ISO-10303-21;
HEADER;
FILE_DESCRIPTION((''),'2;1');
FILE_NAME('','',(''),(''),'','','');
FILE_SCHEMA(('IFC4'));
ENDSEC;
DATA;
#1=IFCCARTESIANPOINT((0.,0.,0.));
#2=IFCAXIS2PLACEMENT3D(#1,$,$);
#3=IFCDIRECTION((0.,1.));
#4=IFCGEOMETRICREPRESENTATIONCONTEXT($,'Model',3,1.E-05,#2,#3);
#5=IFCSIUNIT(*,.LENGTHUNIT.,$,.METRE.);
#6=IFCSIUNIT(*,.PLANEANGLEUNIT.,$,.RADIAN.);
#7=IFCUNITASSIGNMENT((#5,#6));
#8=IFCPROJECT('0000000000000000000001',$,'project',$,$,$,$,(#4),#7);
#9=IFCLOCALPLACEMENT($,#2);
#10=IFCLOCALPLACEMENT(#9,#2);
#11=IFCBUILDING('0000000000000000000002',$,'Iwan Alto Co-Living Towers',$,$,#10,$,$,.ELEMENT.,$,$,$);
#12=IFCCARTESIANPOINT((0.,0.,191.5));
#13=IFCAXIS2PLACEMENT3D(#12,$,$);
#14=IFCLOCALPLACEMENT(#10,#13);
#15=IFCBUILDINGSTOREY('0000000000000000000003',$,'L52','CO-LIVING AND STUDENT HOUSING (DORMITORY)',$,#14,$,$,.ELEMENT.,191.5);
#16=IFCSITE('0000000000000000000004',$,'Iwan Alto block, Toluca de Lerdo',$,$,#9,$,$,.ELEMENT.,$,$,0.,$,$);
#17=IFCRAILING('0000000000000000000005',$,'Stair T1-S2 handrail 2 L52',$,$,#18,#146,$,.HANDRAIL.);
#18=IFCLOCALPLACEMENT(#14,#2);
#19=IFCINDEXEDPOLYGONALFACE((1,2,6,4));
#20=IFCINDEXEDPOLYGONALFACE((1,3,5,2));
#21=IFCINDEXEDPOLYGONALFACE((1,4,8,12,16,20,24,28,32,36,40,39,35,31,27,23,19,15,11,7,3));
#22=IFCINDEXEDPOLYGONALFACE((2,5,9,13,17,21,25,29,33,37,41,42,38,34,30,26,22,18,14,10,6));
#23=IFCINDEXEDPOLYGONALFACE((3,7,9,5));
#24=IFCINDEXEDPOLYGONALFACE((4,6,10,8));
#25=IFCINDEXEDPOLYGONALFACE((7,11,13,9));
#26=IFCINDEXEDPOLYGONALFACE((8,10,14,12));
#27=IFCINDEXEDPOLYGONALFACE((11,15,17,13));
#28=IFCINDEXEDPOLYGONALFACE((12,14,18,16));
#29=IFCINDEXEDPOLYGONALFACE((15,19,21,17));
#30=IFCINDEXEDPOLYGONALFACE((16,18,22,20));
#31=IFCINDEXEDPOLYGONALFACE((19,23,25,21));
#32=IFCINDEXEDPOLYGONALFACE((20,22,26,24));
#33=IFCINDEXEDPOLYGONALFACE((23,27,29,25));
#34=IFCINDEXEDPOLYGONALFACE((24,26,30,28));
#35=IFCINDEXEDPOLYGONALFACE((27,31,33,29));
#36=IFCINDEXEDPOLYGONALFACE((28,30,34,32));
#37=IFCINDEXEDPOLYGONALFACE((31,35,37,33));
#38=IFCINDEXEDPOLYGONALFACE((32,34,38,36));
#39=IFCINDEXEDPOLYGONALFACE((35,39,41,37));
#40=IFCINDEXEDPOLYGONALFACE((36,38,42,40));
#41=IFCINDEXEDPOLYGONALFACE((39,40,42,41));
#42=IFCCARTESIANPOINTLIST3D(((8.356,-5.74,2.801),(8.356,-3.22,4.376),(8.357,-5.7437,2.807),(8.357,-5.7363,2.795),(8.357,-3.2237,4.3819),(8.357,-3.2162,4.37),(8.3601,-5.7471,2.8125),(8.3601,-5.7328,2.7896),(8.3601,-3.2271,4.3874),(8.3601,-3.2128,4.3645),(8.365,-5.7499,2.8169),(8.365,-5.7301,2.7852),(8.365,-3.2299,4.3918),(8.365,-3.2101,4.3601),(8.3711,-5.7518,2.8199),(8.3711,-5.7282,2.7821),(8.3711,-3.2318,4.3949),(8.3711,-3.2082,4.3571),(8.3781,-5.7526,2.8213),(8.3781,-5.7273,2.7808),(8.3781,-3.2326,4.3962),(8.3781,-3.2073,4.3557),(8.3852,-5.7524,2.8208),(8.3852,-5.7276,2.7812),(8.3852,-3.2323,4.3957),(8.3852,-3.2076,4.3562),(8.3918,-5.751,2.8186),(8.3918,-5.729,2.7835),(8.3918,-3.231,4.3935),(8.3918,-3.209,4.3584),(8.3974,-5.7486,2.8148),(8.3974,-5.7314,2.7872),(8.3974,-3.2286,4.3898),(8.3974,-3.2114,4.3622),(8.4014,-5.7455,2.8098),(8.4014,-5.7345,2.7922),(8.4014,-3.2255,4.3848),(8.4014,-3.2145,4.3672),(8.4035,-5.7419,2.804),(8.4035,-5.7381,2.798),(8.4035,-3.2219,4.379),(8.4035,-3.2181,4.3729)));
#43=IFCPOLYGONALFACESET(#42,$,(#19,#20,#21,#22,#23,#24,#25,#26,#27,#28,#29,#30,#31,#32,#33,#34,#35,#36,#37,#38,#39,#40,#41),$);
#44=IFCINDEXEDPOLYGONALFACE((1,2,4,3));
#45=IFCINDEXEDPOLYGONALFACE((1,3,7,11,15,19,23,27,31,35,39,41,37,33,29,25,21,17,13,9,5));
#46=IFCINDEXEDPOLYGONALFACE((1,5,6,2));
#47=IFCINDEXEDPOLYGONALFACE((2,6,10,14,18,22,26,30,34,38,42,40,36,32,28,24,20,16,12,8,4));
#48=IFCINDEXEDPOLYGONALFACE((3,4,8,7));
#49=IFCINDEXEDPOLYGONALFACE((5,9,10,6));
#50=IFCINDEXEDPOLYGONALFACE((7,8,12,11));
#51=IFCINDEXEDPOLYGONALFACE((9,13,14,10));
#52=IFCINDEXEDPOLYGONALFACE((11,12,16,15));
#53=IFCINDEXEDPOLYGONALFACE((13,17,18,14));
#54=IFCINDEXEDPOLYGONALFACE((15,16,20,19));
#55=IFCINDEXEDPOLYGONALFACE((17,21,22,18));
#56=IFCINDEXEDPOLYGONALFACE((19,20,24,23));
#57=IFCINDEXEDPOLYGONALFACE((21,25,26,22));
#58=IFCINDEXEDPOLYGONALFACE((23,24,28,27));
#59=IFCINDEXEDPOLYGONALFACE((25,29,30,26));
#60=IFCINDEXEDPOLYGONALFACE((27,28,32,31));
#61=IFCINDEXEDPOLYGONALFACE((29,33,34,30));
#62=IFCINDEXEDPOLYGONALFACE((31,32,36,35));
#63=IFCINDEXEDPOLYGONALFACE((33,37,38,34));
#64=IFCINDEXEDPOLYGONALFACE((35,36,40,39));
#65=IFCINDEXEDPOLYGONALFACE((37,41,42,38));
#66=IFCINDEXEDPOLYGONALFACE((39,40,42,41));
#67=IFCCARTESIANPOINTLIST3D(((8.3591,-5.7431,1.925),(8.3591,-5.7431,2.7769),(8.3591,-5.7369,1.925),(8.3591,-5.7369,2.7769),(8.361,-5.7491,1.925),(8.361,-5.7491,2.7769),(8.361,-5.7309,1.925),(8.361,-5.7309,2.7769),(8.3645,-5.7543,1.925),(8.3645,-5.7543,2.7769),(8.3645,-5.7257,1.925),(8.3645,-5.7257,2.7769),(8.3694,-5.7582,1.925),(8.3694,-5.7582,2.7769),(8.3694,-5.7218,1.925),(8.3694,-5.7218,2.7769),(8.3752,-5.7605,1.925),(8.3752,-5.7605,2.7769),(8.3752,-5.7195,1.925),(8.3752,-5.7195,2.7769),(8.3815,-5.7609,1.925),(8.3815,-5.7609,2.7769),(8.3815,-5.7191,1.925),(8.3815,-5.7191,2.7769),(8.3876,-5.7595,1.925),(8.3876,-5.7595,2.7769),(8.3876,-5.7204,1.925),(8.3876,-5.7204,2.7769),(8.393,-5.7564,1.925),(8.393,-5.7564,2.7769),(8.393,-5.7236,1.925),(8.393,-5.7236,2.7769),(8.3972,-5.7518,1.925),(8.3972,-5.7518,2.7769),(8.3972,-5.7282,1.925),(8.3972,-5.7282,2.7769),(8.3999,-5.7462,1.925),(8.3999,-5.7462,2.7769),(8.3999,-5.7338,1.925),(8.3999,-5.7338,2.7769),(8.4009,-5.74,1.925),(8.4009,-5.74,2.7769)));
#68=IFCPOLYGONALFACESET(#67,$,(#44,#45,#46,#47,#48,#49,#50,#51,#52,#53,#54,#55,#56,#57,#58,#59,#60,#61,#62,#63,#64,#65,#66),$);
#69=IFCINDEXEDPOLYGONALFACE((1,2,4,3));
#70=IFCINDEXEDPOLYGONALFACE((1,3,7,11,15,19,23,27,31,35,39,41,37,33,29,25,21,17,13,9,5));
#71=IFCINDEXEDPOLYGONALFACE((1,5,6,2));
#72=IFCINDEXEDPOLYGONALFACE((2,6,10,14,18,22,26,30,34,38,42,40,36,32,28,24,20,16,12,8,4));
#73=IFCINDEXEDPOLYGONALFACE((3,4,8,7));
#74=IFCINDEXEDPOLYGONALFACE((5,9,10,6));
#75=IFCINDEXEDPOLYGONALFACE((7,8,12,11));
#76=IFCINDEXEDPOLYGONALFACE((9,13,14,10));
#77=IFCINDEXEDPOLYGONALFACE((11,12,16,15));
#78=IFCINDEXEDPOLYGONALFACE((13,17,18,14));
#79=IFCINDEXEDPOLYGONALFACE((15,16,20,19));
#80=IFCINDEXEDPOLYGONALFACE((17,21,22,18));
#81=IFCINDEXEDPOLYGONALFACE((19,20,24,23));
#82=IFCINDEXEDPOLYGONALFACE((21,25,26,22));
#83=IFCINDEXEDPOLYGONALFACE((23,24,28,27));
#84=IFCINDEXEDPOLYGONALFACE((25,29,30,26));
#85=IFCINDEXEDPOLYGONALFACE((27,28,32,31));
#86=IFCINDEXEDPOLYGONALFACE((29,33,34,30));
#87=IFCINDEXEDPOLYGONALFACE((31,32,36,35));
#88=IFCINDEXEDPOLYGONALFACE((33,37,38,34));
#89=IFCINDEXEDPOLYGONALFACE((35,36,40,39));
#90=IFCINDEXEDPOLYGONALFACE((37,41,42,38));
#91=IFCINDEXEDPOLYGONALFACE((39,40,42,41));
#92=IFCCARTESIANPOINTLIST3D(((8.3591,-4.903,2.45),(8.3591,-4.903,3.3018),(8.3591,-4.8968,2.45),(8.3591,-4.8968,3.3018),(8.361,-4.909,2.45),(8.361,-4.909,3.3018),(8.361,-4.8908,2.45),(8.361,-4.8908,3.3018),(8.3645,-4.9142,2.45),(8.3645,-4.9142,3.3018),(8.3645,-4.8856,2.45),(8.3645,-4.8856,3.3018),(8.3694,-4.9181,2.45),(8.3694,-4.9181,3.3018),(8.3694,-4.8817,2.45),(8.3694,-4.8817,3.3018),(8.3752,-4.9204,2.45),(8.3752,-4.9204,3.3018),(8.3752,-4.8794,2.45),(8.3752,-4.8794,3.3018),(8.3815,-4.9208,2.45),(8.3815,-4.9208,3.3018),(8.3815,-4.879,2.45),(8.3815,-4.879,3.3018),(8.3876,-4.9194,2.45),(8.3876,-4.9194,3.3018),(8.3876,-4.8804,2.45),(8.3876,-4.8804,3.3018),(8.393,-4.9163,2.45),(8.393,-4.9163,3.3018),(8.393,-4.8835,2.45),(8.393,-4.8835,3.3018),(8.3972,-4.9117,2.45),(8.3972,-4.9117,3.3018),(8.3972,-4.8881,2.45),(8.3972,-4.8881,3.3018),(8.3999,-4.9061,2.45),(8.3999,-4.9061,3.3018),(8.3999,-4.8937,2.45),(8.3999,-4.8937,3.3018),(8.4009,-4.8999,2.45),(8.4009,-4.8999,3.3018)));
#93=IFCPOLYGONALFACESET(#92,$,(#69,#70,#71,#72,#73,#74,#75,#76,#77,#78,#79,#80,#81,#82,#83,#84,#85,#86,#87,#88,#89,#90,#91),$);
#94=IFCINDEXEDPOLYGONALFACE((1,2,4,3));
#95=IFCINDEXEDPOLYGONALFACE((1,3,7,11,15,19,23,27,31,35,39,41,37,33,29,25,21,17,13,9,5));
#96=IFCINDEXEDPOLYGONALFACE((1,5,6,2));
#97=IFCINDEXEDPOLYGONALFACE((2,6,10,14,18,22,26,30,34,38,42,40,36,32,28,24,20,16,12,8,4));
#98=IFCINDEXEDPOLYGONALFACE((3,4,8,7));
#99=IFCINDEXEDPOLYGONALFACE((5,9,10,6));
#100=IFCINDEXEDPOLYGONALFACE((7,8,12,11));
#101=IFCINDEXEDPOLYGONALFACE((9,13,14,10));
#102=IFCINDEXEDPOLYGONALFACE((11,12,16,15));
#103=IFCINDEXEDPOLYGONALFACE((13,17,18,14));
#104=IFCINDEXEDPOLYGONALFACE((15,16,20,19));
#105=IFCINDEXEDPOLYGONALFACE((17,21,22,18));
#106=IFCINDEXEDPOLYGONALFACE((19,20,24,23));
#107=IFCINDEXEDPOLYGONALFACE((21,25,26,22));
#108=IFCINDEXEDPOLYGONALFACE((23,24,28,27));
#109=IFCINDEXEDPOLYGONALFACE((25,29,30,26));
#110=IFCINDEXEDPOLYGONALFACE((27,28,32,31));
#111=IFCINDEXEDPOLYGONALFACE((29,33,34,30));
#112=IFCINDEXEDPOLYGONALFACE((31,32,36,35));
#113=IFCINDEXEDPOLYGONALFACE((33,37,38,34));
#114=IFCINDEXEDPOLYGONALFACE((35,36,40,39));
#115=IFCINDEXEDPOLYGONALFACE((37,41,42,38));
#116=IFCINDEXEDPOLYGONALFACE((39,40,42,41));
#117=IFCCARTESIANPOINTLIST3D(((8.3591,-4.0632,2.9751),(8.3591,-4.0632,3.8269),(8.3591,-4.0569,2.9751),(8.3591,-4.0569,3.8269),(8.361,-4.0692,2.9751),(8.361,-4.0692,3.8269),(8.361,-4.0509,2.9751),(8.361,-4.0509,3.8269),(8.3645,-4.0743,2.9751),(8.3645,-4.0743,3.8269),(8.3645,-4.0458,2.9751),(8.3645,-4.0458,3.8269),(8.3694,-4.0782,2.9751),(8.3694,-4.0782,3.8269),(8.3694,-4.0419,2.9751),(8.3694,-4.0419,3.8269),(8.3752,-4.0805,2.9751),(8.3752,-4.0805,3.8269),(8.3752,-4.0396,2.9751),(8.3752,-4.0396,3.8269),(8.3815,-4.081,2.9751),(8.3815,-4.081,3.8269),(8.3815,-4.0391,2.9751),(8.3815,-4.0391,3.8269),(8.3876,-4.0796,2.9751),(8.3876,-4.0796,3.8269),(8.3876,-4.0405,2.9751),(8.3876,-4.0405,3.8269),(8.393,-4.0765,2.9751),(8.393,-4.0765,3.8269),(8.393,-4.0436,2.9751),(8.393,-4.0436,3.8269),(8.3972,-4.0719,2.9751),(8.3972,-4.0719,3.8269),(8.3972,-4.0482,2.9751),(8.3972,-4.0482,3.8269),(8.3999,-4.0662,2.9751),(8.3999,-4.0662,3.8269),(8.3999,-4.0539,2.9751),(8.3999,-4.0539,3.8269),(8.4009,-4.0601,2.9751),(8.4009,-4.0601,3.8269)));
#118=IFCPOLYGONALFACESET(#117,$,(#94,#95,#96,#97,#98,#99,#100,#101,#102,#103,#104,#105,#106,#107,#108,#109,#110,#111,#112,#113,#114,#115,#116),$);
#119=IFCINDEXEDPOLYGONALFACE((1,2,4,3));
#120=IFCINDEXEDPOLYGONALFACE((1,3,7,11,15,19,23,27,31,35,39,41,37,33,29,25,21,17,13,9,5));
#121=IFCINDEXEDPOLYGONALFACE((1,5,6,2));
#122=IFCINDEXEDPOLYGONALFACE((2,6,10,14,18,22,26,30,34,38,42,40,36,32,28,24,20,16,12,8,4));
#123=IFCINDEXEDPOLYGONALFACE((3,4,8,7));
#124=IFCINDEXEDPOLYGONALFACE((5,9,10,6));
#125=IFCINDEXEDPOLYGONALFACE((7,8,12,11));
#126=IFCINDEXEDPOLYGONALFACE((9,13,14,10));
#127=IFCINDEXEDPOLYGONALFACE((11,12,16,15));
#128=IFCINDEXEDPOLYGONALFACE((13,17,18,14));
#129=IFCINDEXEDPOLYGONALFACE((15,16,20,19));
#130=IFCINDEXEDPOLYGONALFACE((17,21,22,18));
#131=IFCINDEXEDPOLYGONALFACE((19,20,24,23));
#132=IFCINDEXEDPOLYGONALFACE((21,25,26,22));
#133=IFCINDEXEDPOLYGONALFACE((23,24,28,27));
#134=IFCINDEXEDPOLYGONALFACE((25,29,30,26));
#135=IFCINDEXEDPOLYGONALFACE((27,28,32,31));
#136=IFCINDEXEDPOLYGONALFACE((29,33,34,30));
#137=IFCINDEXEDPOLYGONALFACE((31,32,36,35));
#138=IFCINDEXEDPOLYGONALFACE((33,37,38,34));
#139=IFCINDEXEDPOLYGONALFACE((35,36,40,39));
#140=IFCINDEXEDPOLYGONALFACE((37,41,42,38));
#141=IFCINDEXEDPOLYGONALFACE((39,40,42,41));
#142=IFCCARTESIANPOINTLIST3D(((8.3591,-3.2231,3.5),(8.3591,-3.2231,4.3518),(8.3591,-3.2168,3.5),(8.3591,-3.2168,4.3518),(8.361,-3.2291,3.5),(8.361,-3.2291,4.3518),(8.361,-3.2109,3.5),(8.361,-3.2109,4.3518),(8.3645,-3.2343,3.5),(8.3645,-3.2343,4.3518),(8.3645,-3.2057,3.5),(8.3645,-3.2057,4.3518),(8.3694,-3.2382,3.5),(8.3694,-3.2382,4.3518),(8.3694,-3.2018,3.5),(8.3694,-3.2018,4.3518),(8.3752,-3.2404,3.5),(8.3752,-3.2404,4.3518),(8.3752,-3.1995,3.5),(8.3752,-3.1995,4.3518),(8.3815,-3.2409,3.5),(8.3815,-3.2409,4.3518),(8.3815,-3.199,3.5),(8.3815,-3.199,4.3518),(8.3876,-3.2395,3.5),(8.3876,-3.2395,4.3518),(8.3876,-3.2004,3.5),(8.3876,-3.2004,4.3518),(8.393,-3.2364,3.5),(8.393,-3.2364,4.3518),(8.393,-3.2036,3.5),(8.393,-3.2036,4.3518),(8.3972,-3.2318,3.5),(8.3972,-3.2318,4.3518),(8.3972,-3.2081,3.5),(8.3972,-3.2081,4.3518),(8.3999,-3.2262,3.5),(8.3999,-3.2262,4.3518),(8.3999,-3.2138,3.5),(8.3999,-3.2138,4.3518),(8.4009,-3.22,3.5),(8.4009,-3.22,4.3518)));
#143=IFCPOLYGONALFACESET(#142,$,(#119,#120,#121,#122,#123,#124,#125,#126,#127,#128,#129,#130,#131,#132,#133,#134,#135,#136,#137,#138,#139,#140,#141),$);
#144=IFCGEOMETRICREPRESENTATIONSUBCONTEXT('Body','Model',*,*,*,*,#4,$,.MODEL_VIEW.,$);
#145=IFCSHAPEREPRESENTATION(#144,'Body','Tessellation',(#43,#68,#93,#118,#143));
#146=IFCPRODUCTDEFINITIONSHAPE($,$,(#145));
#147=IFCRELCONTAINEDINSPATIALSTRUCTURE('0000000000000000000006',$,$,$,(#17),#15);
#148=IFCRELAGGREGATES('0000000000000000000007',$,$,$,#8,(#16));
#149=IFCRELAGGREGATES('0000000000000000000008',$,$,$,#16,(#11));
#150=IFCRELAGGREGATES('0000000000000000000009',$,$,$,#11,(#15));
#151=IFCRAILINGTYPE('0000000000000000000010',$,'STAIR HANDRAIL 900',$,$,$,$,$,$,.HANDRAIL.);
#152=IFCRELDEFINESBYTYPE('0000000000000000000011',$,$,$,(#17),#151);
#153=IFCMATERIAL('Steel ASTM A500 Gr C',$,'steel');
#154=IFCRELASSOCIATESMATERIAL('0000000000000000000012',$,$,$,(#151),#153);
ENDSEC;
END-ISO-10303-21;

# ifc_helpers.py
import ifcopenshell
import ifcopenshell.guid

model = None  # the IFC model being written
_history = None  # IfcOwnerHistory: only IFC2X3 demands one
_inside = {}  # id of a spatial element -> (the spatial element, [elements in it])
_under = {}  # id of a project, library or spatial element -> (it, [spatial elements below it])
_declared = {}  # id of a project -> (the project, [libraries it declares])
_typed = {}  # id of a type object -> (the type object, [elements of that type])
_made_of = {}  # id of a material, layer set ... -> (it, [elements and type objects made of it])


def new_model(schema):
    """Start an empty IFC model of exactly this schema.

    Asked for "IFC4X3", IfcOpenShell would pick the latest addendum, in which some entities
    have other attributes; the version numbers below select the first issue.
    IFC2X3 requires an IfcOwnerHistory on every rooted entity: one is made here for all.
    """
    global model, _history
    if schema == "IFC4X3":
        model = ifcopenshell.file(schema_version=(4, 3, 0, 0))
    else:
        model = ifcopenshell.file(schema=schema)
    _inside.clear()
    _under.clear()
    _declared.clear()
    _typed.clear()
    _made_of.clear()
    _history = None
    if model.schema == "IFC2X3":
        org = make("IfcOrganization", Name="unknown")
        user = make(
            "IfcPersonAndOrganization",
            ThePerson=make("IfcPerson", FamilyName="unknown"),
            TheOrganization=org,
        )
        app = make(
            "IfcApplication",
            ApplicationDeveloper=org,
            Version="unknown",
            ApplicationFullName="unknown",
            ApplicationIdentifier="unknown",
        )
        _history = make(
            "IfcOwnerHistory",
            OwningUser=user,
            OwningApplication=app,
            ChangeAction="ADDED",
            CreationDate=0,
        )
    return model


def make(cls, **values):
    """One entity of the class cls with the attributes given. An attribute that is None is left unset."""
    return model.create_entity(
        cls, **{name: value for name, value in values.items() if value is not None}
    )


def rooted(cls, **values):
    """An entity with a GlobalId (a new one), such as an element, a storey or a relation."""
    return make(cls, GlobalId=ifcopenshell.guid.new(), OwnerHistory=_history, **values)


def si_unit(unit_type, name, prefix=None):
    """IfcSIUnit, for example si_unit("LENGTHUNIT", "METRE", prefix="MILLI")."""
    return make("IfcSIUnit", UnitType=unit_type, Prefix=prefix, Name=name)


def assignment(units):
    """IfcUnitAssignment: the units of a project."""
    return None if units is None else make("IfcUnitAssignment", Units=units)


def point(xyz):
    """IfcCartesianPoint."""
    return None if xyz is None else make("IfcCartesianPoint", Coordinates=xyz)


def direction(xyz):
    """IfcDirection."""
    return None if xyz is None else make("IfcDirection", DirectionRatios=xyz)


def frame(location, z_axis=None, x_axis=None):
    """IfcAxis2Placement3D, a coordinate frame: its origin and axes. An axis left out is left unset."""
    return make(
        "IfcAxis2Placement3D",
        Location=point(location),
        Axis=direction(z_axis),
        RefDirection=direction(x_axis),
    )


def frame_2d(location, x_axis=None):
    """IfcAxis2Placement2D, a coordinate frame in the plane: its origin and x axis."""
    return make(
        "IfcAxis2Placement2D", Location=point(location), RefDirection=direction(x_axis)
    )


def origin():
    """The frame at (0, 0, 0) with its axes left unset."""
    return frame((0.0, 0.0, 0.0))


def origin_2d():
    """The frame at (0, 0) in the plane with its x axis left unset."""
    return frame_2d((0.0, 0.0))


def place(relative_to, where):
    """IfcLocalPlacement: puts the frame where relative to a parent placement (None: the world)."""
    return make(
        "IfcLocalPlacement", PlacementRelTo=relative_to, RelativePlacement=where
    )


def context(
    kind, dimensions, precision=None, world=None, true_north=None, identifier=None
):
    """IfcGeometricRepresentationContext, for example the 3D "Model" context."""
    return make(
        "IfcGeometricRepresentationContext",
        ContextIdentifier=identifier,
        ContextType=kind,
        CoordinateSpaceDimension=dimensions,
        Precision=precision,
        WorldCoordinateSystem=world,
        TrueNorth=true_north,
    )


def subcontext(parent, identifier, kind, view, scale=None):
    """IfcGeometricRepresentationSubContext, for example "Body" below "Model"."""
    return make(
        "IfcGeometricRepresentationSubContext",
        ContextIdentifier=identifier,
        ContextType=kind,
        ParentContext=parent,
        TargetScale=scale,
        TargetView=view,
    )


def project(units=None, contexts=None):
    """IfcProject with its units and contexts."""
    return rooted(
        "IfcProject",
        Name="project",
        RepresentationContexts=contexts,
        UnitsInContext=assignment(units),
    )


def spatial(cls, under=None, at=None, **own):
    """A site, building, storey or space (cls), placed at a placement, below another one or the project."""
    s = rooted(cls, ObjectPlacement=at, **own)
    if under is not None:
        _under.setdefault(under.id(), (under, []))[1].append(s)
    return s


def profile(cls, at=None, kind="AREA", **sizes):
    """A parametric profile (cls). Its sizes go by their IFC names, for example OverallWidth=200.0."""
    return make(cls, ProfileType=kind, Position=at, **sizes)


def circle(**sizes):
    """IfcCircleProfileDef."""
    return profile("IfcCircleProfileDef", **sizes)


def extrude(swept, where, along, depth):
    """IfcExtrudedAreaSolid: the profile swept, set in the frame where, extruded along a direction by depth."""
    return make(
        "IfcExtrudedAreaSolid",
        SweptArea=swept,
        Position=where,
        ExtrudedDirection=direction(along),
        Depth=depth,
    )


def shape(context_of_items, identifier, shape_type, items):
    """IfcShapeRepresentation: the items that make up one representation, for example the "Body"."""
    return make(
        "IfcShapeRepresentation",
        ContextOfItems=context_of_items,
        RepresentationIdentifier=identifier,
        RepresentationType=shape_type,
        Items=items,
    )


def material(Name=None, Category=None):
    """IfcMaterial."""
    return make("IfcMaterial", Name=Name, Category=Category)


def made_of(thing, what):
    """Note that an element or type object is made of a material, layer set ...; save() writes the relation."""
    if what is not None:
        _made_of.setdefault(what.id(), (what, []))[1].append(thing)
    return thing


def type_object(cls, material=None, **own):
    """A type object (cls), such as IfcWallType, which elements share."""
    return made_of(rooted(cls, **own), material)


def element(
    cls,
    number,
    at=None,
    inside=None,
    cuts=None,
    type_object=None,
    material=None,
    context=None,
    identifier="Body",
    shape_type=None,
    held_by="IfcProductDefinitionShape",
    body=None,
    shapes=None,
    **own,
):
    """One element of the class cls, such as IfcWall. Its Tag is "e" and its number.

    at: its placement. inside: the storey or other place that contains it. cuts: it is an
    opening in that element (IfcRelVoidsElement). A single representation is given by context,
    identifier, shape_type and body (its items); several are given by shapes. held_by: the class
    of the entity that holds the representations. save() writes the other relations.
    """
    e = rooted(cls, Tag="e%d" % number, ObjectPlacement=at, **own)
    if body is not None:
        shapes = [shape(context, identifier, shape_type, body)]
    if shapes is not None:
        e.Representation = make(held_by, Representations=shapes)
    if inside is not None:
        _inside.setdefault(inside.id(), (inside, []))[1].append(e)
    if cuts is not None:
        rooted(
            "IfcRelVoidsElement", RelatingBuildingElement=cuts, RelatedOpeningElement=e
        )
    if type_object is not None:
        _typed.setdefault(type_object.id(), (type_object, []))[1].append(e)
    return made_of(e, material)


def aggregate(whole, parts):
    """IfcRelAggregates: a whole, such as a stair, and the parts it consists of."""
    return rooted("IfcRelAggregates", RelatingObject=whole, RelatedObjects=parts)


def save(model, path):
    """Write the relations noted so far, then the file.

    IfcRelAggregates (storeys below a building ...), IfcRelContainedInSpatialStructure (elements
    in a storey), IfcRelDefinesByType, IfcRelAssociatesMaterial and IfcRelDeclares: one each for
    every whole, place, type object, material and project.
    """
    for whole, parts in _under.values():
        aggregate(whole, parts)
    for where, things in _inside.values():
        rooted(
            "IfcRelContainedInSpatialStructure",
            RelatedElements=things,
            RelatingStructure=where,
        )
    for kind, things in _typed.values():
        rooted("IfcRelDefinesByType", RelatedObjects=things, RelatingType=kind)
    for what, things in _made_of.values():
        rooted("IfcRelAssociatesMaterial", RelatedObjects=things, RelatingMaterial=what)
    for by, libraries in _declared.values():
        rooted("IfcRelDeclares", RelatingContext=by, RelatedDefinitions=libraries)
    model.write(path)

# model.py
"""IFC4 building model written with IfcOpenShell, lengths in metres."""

from ifc_helpers import new_model, si_unit, direction, frame, origin, origin_2d, place, context, subcontext, project, spatial, circle, extrude, material, type_object, element, save


model = new_model("IFC4")

# Units and contexts
model_context = context("Model", 3, precision=1e-05, world=origin(), true_north=direction((0.0, 1.0)))
body_context = subcontext(model_context, "Body", "Model", "MODEL_VIEW")
ifc_project = project(units=[si_unit("LENGTHUNIT", "METRE"), si_unit("PLANEANGLEUNIT", "RADIAN")], contexts=[model_context])

# Site, building, storey
site_placement = place(None, origin())
site = spatial("IfcSite", under=ifc_project, at=site_placement, Name="Iwan Alto block, Toluca de Lerdo", CompositionType="ELEMENT", RefElevation=0.0)
building_placement = place(site_placement, origin())
building = spatial("IfcBuilding", under=site, at=building_placement, Name="Iwan Alto Co-Living Towers", CompositionType="ELEMENT")
storey_placement = place(building_placement, frame((0.0, 0.0, 191.5)))
storey = spatial("IfcBuildingStorey", under=building, at=storey_placement, Name="L52", Description="CO-LIVING AND STUDENT HOUSING (DORMITORY)", CompositionType="ELEMENT", Elevation=191.5)

# Railing
ifc_material_1 = material(Name="Steel ASTM A500 Gr C", Category="steel")
railing_type_1 = type_object("IfcRailingType", Name="STAIR HANDRAIL 900", PredefinedType="HANDRAIL", material=ifc_material_1)
railing_1_placement = place(storey_placement, frame((8.3799, -5.74, 1.925)))
element("IfcRailing", 1, at=railing_1_placement, inside=storey, type_object=railing_type_1, Name="Stair T1-S2 handrail 2 L52", PredefinedType="HANDRAIL", context=body_context, shape_type="SweptSolid", body=[
    extrude(circle(Radius=0.0239, at=origin_2d()), frame((0.0, 0.0, 0.876), z_axis=(0.0, 0.848008, 0.529984), x_axis=(-1.0, 0.0, 0.0)), (0.0, 0.0, 1.0), 2.9717),
    extrude(circle(Radius=0.021, at=origin_2d()), origin(), (0.0, 0.0, 1.0), 0.8518),
    extrude(circle(Radius=0.021, at=origin_2d()), frame((0.0, 0.8401, 0.5249)), (0.0, 0.0, 1.0), 0.8518),
    extrude(circle(Radius=0.021, at=origin_2d()), frame((0.0, 1.6799, 1.05)), (0.0, 0.0, 1.0), 0.8518),
    extrude(circle(Radius=0.021, at=origin_2d()), frame((0.0, 2.52, 1.575)), (0.0, 0.0, 1.0), 0.8518),
])

save(model, "model.ifc")
